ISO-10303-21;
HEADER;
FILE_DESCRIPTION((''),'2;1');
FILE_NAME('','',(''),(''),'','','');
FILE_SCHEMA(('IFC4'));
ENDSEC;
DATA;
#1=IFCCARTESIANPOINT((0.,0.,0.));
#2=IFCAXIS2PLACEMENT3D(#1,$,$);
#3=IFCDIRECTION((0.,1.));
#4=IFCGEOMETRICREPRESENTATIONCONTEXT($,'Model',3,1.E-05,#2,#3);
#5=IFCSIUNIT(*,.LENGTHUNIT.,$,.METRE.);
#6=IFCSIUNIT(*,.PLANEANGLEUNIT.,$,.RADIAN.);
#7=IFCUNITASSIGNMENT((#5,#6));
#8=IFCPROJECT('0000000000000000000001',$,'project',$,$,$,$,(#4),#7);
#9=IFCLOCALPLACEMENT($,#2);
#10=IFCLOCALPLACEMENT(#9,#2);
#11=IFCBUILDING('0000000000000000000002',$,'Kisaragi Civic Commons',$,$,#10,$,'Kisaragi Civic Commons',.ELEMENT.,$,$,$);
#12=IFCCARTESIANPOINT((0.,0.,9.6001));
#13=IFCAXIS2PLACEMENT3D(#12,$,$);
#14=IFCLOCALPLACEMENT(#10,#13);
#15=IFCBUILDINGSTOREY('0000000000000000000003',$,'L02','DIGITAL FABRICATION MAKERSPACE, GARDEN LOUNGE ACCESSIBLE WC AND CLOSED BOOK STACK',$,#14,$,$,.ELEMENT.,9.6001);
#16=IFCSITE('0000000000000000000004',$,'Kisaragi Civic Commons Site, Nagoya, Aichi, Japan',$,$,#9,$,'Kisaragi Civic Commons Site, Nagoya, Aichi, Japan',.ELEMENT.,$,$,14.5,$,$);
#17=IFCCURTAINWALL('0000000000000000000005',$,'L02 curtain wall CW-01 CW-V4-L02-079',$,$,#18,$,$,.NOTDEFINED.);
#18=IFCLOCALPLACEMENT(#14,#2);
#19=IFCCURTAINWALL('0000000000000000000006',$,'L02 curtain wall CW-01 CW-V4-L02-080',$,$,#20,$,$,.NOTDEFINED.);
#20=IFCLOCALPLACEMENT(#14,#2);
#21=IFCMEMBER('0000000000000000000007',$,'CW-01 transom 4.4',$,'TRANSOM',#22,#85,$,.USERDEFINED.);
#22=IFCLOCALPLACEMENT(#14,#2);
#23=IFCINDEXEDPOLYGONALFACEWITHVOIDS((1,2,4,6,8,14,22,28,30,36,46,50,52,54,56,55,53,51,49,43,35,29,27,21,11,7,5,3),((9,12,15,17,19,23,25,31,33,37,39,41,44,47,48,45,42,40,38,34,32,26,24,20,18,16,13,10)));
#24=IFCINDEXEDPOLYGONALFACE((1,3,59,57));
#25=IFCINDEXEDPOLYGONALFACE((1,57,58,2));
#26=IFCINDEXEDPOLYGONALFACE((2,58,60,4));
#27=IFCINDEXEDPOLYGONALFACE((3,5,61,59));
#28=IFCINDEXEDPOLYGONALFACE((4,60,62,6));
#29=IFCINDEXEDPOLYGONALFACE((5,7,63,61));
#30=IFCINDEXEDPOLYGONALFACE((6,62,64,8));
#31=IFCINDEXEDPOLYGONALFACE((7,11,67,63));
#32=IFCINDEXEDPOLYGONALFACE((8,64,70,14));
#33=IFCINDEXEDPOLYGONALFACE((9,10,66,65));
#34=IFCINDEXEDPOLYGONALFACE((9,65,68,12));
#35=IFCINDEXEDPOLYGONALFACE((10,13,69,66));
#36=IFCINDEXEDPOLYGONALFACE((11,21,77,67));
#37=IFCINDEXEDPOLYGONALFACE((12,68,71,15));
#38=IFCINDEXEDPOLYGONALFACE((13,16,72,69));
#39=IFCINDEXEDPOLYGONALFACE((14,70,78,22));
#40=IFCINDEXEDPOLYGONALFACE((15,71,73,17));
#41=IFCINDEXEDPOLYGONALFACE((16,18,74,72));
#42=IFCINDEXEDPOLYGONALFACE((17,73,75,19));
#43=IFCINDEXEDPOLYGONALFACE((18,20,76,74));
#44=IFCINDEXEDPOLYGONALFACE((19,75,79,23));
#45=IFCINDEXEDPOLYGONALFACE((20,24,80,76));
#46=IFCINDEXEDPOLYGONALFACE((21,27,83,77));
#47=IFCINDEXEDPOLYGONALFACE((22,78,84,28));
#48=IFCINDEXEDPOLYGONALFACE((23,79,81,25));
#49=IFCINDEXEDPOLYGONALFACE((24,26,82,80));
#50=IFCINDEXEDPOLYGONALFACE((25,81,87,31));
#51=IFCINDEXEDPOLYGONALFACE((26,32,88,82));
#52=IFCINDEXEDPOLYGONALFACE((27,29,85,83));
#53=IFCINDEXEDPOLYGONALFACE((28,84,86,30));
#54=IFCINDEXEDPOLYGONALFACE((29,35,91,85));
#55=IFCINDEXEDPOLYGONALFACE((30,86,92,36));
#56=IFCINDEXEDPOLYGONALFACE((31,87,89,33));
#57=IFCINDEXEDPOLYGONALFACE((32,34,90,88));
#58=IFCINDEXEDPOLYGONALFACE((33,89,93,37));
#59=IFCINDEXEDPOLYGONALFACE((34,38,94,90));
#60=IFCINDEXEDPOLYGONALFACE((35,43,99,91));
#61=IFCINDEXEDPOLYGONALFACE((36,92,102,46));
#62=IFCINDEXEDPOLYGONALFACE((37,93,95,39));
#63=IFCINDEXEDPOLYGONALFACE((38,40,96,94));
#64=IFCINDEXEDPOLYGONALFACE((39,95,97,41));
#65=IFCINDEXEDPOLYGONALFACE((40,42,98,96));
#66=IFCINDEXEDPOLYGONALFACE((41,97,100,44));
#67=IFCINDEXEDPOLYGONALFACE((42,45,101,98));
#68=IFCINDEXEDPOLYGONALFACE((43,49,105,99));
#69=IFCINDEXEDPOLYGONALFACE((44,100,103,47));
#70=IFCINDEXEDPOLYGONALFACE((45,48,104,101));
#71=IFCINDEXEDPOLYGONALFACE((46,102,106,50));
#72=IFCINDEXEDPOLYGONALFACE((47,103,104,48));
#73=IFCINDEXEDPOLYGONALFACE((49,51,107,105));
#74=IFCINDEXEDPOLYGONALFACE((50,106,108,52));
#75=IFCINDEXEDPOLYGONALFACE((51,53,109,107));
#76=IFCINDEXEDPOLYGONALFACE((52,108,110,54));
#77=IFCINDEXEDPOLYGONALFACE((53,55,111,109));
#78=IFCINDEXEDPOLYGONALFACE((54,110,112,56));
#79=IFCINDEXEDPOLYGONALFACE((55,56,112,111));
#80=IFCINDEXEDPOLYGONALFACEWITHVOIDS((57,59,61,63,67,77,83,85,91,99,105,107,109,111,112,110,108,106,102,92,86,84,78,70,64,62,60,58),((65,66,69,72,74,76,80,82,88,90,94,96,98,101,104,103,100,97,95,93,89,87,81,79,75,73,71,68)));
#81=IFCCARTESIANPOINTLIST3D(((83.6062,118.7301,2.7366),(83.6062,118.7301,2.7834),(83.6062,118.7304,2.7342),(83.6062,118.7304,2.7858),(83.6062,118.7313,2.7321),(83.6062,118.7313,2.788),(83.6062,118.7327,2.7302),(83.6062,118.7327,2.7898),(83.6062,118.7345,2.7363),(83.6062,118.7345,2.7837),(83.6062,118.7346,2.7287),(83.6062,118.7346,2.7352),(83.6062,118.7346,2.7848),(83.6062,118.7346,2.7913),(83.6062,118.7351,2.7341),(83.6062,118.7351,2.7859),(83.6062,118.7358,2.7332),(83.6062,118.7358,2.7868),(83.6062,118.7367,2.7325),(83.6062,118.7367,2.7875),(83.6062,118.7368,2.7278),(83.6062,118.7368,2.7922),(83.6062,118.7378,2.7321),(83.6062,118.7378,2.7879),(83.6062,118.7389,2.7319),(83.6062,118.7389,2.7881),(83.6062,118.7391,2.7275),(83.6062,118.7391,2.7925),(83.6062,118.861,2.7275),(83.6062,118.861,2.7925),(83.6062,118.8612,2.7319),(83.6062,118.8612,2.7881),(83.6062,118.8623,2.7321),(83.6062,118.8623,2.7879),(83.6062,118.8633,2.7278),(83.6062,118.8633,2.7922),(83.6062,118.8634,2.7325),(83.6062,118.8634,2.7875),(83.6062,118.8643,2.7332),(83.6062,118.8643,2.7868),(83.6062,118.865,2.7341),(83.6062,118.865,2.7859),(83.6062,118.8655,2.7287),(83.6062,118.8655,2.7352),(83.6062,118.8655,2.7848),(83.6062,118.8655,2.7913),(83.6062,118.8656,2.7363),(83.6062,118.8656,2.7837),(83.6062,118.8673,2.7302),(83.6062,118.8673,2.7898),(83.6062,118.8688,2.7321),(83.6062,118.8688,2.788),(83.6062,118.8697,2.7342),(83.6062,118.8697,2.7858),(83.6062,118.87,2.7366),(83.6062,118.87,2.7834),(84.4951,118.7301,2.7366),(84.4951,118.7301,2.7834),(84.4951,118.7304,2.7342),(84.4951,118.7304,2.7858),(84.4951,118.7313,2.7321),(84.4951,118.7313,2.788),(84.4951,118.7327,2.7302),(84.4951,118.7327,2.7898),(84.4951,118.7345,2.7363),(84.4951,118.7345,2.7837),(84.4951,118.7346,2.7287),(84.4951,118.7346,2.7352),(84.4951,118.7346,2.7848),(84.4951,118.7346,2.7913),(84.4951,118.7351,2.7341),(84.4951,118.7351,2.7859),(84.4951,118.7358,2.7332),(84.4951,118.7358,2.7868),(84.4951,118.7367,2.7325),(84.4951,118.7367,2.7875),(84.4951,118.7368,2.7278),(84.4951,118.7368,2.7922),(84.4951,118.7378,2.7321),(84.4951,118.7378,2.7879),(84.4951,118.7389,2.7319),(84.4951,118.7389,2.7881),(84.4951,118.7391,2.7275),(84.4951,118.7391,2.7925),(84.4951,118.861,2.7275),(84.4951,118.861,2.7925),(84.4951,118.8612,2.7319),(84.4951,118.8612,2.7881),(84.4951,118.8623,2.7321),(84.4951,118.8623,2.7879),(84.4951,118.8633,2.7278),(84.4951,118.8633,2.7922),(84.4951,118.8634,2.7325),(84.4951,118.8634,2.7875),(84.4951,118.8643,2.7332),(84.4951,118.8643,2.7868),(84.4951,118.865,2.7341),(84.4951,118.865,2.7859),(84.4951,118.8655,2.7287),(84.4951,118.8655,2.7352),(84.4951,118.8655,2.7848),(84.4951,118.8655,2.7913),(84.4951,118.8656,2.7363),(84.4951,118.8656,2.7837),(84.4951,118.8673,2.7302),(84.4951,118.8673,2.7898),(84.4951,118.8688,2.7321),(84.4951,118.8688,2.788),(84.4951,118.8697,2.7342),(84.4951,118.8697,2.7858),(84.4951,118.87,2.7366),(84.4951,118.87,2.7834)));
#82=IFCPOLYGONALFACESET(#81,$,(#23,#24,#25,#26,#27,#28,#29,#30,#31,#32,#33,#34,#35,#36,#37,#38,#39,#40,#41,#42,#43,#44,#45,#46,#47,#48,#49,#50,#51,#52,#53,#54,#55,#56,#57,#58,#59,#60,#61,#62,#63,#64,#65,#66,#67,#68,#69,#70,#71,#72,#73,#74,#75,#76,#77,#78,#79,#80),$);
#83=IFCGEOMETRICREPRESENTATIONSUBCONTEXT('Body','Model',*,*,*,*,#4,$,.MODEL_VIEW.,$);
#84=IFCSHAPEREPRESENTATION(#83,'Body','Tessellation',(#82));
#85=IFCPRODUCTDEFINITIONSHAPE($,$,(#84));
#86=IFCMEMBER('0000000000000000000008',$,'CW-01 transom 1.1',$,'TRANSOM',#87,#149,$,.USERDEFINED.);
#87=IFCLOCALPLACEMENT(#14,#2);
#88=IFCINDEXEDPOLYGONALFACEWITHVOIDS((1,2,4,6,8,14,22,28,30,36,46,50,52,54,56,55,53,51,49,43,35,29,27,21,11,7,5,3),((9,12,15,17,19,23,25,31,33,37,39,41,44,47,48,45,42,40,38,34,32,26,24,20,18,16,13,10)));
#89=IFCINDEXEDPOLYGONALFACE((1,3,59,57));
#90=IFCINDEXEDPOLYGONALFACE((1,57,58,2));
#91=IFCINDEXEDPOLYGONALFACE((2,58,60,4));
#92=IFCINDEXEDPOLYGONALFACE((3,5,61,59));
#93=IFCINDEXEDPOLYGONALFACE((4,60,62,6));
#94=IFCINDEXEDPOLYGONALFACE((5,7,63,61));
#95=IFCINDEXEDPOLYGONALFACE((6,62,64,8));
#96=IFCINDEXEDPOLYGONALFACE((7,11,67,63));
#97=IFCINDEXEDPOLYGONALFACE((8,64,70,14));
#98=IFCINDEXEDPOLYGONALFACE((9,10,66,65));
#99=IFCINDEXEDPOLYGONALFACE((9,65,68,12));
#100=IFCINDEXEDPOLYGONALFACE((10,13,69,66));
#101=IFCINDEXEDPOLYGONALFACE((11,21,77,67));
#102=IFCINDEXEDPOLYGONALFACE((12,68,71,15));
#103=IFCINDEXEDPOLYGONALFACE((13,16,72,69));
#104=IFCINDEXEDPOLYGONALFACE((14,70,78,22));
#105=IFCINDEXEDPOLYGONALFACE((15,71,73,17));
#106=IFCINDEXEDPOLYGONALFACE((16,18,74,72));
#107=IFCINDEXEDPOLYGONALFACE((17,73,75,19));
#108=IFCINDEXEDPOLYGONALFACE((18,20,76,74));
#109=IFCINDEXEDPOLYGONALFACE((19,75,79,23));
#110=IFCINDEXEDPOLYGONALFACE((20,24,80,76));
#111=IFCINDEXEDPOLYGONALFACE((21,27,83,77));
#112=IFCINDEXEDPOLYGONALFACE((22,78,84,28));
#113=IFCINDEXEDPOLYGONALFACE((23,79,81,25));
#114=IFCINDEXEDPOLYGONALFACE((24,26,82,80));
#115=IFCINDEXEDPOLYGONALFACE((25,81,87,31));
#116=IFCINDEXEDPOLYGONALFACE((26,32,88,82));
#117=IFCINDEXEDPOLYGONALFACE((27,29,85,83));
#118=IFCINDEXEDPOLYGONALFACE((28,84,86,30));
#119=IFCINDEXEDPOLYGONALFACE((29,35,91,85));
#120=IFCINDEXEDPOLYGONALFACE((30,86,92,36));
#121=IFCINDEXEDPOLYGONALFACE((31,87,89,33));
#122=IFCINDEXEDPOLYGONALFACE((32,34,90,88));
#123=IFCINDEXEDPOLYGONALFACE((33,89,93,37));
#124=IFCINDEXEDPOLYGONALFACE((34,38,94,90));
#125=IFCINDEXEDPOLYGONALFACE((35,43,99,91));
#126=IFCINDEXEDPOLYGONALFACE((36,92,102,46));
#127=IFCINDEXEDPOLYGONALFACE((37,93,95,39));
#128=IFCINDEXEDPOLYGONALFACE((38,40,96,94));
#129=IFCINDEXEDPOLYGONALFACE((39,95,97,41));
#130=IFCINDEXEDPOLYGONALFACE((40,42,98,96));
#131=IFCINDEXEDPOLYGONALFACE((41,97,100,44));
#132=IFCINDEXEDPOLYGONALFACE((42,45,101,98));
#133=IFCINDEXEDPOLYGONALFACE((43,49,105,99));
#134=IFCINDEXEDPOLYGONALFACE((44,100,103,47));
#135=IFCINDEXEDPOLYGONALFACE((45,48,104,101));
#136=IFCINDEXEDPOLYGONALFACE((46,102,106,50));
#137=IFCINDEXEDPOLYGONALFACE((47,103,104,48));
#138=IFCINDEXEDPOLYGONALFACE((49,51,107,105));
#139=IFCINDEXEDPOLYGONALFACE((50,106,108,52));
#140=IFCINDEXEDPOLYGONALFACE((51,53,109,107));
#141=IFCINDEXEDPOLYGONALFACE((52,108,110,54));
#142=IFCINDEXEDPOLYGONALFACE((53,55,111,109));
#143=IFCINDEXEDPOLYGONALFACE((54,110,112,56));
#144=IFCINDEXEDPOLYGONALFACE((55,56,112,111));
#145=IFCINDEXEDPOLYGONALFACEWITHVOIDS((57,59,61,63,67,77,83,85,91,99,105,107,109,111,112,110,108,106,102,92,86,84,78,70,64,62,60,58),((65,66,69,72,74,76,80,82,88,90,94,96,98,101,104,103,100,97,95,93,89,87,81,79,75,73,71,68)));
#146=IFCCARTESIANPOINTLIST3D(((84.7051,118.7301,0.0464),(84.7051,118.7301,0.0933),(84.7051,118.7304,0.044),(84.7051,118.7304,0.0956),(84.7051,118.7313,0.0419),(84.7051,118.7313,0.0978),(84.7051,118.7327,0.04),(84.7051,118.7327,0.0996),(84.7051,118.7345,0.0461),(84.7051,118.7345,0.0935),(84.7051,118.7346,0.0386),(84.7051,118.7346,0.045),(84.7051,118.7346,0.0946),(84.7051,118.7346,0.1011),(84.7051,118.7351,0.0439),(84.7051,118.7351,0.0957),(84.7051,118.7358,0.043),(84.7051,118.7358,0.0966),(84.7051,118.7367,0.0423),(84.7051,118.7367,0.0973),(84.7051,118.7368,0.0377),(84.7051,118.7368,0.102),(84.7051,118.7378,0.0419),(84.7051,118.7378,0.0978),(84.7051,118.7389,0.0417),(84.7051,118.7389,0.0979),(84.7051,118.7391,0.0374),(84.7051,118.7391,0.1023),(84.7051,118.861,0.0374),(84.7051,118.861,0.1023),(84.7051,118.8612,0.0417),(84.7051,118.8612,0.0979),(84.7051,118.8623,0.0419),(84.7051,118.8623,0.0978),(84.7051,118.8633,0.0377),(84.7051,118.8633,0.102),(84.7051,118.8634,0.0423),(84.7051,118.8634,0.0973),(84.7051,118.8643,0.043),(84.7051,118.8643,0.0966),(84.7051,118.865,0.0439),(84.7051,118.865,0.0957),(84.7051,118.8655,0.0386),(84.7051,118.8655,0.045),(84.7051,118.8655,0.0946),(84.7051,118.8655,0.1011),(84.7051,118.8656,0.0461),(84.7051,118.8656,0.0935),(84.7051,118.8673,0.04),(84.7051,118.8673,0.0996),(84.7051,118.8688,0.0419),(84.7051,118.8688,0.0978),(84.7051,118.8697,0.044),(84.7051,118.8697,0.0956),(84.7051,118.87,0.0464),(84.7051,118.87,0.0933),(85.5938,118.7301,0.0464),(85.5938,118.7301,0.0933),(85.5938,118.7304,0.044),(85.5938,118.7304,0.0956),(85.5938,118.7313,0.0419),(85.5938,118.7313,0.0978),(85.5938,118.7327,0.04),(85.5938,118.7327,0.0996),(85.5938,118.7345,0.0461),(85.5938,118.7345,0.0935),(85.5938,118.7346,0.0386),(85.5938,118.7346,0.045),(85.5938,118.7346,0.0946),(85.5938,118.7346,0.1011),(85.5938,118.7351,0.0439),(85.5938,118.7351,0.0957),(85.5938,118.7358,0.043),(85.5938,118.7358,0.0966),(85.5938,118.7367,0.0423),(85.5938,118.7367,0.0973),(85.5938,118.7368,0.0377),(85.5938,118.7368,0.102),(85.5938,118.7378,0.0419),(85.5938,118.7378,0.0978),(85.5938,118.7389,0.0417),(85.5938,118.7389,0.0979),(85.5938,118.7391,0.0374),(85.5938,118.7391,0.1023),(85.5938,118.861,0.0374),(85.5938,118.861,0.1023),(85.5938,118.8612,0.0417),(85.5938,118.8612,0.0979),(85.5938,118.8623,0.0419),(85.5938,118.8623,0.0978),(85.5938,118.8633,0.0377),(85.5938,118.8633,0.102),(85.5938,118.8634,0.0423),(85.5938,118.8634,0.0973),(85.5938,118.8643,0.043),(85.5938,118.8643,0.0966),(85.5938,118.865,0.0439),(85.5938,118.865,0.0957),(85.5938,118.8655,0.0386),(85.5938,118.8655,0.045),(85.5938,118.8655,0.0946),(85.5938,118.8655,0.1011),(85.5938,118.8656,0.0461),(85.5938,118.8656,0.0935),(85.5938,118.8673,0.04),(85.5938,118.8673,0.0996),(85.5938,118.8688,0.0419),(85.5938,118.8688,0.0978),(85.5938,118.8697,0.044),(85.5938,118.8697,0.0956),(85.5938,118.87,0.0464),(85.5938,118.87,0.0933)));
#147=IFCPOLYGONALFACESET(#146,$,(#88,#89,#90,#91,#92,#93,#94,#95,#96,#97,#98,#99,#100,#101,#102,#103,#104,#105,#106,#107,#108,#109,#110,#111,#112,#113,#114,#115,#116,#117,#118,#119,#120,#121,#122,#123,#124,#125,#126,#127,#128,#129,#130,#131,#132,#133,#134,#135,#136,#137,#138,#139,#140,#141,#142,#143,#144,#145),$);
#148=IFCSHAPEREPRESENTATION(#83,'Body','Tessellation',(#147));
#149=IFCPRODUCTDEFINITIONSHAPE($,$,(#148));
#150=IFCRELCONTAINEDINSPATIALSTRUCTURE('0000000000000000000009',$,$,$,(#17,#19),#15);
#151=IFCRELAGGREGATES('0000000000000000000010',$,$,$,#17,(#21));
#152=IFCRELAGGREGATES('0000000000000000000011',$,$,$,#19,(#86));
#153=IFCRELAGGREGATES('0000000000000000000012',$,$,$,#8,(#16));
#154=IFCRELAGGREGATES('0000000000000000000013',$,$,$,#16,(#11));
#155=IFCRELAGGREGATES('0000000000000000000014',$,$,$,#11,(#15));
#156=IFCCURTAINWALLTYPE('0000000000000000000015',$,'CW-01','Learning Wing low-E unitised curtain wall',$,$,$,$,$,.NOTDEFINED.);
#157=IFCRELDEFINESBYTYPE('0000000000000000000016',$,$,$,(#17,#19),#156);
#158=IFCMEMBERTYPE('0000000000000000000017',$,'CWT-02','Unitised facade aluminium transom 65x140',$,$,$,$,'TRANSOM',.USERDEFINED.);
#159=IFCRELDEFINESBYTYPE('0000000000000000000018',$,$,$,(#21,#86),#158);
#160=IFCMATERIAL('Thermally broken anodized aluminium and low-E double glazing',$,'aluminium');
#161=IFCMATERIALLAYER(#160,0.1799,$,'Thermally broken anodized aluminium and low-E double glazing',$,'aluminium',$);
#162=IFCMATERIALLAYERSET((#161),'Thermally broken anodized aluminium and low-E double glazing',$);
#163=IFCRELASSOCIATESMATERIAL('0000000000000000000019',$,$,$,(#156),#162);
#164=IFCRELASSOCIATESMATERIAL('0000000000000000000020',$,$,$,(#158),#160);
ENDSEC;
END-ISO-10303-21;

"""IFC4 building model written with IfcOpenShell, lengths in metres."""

from ifc_helpers import new_model, si_unit, direction, frame, origin, origin_2d, place, context, subcontext, project, spatial, hollow_rectangle, extrude, material, layer, layer_set, material_profile, profile_set, type_object, element, aggregate, save


model = new_model("IFC4")

# Units and contexts
model_context = context("Model", 3, precision=1e-05, world=origin(), true_north=direction((0.0, 1.0)))
body_context = subcontext(model_context, "Body", "Model", "MODEL_VIEW")
ifc_project = project(units=[si_unit("LENGTHUNIT", "METRE"), si_unit("PLANEANGLEUNIT", "RADIAN")], contexts=[model_context])

# Site, building, storey
site_placement = place(None, origin())
site = spatial("IfcSite", under=ifc_project, at=site_placement, Name="Kisaragi Civic Commons Site, Nagoya, Aichi, Japan", LongName="Kisaragi Civic Commons Site, Nagoya, Aichi, Japan", CompositionType="ELEMENT", RefElevation=14.5)
building_placement = place(site_placement, origin())
building = spatial("IfcBuilding", under=site, at=building_placement, Name="Kisaragi Civic Commons", LongName="Kisaragi Civic Commons", CompositionType="ELEMENT")
storey_placement = place(building_placement, frame((0.0, 0.0, 9.6001)))
storey = spatial("IfcBuildingStorey", under=building, at=storey_placement, Name="L02", Description="DIGITAL FABRICATION MAKERSPACE, GARDEN LOUNGE ACCESSIBLE WC AND CLOSED BOOK STACK", CompositionType="ELEMENT", Elevation=9.6001)

# Curtain wall
ifc_material_1 = material(Name="Thermally broken anodized aluminium and low-E double glazing", Category="aluminium")
ifc_layer_1 = layer(ifc_material_1, 0.1799, Name="Thermally broken anodized aluminium and low-E double glazing", Category="aluminium")
ifc_layer_set_1 = layer_set([ifc_layer_1], Name="Thermally broken anodized aluminium and low-E double glazing")
curtain_wall_type = type_object("IfcCurtainWallType", Name="CW-01", Description="Learning Wing low-E unitised curtain wall", PredefinedType="NOTDEFINED", material=ifc_layer_set_1)
curtain_wall_1_placement = place(storey_placement, origin())
curtain_wall_1 = element("IfcCurtainWall", 1, at=curtain_wall_1_placement, inside=storey, type_object=curtain_wall_type, Name="L02 curtain wall CW-01 CW-V4-L02-079", PredefinedType="NOTDEFINED")

# Curtain wall
curtain_wall_2_placement = place(storey_placement, origin())
curtain_wall_2 = element("IfcCurtainWall", 2, at=curtain_wall_2_placement, inside=storey, type_object=curtain_wall_type, Name="L02 curtain wall CW-01 CW-V4-L02-080", PredefinedType="NOTDEFINED")

# Members
ifc_material_profile_1 = material_profile(ifc_material_1, hollow_rectangle(XDim=0.1399, YDim=0.0649, WallThickness=0.0044, InnerFilletRadius=0.0044, OuterFilletRadius=0.009, at=origin_2d()), Name="CWT-65x140x4.5", Category="aluminium")
ifc_profile_set_1 = profile_set([ifc_material_profile_1], Name="Thermally broken anodized aluminium and low-E double glazing")
member_type_1 = type_object("IfcMemberType", Name="CWT-02", Description="Unitised facade aluminium transom 65x140", ElementType="TRANSOM", PredefinedType="USERDEFINED", material=ifc_profile_set_1)
member_1_placement = place(storey_placement, frame((83.6062, 118.8, 2.76), z_axis=(1.0, 0.0, 0.0), x_axis=(0.0, 1.0, 0.0)))
member_1 = element("IfcMember", 3, at=member_1_placement, type_object=member_type_1, Name="CW-01 transom 4.4", ObjectType="TRANSOM", PredefinedType="USERDEFINED", context=body_context, shape_type="SweptSolid", body=[
    extrude(hollow_rectangle(XDim=0.1399, YDim=0.0649, WallThickness=0.0044, InnerFilletRadius=0.0044, OuterFilletRadius=0.009, at=origin_2d()), origin(), (0.0, 0.0, 1.0), 0.8889),
])
member_2_placement = place(storey_placement, frame((84.7051, 118.8, 0.0698), z_axis=(1.0, 0.0, 0.0), x_axis=(0.0, 1.0, 0.0)))
member_2 = element("IfcMember", 4, at=member_2_placement, type_object=member_type_1, Name="CW-01 transom 1.1", ObjectType="TRANSOM", PredefinedType="USERDEFINED", context=body_context, shape_type="SweptSolid", body=[
    extrude(hollow_rectangle(XDim=0.1399, YDim=0.0649, WallThickness=0.0044, InnerFilletRadius=0.0044, OuterFilletRadius=0.009, at=origin_2d()), origin(), (0.0, 0.0, 1.0), 0.8887),
])

aggregate(curtain_wall_1, [member_1])
aggregate(curtain_wall_2, [member_2])

save(model, "model.ifc")
